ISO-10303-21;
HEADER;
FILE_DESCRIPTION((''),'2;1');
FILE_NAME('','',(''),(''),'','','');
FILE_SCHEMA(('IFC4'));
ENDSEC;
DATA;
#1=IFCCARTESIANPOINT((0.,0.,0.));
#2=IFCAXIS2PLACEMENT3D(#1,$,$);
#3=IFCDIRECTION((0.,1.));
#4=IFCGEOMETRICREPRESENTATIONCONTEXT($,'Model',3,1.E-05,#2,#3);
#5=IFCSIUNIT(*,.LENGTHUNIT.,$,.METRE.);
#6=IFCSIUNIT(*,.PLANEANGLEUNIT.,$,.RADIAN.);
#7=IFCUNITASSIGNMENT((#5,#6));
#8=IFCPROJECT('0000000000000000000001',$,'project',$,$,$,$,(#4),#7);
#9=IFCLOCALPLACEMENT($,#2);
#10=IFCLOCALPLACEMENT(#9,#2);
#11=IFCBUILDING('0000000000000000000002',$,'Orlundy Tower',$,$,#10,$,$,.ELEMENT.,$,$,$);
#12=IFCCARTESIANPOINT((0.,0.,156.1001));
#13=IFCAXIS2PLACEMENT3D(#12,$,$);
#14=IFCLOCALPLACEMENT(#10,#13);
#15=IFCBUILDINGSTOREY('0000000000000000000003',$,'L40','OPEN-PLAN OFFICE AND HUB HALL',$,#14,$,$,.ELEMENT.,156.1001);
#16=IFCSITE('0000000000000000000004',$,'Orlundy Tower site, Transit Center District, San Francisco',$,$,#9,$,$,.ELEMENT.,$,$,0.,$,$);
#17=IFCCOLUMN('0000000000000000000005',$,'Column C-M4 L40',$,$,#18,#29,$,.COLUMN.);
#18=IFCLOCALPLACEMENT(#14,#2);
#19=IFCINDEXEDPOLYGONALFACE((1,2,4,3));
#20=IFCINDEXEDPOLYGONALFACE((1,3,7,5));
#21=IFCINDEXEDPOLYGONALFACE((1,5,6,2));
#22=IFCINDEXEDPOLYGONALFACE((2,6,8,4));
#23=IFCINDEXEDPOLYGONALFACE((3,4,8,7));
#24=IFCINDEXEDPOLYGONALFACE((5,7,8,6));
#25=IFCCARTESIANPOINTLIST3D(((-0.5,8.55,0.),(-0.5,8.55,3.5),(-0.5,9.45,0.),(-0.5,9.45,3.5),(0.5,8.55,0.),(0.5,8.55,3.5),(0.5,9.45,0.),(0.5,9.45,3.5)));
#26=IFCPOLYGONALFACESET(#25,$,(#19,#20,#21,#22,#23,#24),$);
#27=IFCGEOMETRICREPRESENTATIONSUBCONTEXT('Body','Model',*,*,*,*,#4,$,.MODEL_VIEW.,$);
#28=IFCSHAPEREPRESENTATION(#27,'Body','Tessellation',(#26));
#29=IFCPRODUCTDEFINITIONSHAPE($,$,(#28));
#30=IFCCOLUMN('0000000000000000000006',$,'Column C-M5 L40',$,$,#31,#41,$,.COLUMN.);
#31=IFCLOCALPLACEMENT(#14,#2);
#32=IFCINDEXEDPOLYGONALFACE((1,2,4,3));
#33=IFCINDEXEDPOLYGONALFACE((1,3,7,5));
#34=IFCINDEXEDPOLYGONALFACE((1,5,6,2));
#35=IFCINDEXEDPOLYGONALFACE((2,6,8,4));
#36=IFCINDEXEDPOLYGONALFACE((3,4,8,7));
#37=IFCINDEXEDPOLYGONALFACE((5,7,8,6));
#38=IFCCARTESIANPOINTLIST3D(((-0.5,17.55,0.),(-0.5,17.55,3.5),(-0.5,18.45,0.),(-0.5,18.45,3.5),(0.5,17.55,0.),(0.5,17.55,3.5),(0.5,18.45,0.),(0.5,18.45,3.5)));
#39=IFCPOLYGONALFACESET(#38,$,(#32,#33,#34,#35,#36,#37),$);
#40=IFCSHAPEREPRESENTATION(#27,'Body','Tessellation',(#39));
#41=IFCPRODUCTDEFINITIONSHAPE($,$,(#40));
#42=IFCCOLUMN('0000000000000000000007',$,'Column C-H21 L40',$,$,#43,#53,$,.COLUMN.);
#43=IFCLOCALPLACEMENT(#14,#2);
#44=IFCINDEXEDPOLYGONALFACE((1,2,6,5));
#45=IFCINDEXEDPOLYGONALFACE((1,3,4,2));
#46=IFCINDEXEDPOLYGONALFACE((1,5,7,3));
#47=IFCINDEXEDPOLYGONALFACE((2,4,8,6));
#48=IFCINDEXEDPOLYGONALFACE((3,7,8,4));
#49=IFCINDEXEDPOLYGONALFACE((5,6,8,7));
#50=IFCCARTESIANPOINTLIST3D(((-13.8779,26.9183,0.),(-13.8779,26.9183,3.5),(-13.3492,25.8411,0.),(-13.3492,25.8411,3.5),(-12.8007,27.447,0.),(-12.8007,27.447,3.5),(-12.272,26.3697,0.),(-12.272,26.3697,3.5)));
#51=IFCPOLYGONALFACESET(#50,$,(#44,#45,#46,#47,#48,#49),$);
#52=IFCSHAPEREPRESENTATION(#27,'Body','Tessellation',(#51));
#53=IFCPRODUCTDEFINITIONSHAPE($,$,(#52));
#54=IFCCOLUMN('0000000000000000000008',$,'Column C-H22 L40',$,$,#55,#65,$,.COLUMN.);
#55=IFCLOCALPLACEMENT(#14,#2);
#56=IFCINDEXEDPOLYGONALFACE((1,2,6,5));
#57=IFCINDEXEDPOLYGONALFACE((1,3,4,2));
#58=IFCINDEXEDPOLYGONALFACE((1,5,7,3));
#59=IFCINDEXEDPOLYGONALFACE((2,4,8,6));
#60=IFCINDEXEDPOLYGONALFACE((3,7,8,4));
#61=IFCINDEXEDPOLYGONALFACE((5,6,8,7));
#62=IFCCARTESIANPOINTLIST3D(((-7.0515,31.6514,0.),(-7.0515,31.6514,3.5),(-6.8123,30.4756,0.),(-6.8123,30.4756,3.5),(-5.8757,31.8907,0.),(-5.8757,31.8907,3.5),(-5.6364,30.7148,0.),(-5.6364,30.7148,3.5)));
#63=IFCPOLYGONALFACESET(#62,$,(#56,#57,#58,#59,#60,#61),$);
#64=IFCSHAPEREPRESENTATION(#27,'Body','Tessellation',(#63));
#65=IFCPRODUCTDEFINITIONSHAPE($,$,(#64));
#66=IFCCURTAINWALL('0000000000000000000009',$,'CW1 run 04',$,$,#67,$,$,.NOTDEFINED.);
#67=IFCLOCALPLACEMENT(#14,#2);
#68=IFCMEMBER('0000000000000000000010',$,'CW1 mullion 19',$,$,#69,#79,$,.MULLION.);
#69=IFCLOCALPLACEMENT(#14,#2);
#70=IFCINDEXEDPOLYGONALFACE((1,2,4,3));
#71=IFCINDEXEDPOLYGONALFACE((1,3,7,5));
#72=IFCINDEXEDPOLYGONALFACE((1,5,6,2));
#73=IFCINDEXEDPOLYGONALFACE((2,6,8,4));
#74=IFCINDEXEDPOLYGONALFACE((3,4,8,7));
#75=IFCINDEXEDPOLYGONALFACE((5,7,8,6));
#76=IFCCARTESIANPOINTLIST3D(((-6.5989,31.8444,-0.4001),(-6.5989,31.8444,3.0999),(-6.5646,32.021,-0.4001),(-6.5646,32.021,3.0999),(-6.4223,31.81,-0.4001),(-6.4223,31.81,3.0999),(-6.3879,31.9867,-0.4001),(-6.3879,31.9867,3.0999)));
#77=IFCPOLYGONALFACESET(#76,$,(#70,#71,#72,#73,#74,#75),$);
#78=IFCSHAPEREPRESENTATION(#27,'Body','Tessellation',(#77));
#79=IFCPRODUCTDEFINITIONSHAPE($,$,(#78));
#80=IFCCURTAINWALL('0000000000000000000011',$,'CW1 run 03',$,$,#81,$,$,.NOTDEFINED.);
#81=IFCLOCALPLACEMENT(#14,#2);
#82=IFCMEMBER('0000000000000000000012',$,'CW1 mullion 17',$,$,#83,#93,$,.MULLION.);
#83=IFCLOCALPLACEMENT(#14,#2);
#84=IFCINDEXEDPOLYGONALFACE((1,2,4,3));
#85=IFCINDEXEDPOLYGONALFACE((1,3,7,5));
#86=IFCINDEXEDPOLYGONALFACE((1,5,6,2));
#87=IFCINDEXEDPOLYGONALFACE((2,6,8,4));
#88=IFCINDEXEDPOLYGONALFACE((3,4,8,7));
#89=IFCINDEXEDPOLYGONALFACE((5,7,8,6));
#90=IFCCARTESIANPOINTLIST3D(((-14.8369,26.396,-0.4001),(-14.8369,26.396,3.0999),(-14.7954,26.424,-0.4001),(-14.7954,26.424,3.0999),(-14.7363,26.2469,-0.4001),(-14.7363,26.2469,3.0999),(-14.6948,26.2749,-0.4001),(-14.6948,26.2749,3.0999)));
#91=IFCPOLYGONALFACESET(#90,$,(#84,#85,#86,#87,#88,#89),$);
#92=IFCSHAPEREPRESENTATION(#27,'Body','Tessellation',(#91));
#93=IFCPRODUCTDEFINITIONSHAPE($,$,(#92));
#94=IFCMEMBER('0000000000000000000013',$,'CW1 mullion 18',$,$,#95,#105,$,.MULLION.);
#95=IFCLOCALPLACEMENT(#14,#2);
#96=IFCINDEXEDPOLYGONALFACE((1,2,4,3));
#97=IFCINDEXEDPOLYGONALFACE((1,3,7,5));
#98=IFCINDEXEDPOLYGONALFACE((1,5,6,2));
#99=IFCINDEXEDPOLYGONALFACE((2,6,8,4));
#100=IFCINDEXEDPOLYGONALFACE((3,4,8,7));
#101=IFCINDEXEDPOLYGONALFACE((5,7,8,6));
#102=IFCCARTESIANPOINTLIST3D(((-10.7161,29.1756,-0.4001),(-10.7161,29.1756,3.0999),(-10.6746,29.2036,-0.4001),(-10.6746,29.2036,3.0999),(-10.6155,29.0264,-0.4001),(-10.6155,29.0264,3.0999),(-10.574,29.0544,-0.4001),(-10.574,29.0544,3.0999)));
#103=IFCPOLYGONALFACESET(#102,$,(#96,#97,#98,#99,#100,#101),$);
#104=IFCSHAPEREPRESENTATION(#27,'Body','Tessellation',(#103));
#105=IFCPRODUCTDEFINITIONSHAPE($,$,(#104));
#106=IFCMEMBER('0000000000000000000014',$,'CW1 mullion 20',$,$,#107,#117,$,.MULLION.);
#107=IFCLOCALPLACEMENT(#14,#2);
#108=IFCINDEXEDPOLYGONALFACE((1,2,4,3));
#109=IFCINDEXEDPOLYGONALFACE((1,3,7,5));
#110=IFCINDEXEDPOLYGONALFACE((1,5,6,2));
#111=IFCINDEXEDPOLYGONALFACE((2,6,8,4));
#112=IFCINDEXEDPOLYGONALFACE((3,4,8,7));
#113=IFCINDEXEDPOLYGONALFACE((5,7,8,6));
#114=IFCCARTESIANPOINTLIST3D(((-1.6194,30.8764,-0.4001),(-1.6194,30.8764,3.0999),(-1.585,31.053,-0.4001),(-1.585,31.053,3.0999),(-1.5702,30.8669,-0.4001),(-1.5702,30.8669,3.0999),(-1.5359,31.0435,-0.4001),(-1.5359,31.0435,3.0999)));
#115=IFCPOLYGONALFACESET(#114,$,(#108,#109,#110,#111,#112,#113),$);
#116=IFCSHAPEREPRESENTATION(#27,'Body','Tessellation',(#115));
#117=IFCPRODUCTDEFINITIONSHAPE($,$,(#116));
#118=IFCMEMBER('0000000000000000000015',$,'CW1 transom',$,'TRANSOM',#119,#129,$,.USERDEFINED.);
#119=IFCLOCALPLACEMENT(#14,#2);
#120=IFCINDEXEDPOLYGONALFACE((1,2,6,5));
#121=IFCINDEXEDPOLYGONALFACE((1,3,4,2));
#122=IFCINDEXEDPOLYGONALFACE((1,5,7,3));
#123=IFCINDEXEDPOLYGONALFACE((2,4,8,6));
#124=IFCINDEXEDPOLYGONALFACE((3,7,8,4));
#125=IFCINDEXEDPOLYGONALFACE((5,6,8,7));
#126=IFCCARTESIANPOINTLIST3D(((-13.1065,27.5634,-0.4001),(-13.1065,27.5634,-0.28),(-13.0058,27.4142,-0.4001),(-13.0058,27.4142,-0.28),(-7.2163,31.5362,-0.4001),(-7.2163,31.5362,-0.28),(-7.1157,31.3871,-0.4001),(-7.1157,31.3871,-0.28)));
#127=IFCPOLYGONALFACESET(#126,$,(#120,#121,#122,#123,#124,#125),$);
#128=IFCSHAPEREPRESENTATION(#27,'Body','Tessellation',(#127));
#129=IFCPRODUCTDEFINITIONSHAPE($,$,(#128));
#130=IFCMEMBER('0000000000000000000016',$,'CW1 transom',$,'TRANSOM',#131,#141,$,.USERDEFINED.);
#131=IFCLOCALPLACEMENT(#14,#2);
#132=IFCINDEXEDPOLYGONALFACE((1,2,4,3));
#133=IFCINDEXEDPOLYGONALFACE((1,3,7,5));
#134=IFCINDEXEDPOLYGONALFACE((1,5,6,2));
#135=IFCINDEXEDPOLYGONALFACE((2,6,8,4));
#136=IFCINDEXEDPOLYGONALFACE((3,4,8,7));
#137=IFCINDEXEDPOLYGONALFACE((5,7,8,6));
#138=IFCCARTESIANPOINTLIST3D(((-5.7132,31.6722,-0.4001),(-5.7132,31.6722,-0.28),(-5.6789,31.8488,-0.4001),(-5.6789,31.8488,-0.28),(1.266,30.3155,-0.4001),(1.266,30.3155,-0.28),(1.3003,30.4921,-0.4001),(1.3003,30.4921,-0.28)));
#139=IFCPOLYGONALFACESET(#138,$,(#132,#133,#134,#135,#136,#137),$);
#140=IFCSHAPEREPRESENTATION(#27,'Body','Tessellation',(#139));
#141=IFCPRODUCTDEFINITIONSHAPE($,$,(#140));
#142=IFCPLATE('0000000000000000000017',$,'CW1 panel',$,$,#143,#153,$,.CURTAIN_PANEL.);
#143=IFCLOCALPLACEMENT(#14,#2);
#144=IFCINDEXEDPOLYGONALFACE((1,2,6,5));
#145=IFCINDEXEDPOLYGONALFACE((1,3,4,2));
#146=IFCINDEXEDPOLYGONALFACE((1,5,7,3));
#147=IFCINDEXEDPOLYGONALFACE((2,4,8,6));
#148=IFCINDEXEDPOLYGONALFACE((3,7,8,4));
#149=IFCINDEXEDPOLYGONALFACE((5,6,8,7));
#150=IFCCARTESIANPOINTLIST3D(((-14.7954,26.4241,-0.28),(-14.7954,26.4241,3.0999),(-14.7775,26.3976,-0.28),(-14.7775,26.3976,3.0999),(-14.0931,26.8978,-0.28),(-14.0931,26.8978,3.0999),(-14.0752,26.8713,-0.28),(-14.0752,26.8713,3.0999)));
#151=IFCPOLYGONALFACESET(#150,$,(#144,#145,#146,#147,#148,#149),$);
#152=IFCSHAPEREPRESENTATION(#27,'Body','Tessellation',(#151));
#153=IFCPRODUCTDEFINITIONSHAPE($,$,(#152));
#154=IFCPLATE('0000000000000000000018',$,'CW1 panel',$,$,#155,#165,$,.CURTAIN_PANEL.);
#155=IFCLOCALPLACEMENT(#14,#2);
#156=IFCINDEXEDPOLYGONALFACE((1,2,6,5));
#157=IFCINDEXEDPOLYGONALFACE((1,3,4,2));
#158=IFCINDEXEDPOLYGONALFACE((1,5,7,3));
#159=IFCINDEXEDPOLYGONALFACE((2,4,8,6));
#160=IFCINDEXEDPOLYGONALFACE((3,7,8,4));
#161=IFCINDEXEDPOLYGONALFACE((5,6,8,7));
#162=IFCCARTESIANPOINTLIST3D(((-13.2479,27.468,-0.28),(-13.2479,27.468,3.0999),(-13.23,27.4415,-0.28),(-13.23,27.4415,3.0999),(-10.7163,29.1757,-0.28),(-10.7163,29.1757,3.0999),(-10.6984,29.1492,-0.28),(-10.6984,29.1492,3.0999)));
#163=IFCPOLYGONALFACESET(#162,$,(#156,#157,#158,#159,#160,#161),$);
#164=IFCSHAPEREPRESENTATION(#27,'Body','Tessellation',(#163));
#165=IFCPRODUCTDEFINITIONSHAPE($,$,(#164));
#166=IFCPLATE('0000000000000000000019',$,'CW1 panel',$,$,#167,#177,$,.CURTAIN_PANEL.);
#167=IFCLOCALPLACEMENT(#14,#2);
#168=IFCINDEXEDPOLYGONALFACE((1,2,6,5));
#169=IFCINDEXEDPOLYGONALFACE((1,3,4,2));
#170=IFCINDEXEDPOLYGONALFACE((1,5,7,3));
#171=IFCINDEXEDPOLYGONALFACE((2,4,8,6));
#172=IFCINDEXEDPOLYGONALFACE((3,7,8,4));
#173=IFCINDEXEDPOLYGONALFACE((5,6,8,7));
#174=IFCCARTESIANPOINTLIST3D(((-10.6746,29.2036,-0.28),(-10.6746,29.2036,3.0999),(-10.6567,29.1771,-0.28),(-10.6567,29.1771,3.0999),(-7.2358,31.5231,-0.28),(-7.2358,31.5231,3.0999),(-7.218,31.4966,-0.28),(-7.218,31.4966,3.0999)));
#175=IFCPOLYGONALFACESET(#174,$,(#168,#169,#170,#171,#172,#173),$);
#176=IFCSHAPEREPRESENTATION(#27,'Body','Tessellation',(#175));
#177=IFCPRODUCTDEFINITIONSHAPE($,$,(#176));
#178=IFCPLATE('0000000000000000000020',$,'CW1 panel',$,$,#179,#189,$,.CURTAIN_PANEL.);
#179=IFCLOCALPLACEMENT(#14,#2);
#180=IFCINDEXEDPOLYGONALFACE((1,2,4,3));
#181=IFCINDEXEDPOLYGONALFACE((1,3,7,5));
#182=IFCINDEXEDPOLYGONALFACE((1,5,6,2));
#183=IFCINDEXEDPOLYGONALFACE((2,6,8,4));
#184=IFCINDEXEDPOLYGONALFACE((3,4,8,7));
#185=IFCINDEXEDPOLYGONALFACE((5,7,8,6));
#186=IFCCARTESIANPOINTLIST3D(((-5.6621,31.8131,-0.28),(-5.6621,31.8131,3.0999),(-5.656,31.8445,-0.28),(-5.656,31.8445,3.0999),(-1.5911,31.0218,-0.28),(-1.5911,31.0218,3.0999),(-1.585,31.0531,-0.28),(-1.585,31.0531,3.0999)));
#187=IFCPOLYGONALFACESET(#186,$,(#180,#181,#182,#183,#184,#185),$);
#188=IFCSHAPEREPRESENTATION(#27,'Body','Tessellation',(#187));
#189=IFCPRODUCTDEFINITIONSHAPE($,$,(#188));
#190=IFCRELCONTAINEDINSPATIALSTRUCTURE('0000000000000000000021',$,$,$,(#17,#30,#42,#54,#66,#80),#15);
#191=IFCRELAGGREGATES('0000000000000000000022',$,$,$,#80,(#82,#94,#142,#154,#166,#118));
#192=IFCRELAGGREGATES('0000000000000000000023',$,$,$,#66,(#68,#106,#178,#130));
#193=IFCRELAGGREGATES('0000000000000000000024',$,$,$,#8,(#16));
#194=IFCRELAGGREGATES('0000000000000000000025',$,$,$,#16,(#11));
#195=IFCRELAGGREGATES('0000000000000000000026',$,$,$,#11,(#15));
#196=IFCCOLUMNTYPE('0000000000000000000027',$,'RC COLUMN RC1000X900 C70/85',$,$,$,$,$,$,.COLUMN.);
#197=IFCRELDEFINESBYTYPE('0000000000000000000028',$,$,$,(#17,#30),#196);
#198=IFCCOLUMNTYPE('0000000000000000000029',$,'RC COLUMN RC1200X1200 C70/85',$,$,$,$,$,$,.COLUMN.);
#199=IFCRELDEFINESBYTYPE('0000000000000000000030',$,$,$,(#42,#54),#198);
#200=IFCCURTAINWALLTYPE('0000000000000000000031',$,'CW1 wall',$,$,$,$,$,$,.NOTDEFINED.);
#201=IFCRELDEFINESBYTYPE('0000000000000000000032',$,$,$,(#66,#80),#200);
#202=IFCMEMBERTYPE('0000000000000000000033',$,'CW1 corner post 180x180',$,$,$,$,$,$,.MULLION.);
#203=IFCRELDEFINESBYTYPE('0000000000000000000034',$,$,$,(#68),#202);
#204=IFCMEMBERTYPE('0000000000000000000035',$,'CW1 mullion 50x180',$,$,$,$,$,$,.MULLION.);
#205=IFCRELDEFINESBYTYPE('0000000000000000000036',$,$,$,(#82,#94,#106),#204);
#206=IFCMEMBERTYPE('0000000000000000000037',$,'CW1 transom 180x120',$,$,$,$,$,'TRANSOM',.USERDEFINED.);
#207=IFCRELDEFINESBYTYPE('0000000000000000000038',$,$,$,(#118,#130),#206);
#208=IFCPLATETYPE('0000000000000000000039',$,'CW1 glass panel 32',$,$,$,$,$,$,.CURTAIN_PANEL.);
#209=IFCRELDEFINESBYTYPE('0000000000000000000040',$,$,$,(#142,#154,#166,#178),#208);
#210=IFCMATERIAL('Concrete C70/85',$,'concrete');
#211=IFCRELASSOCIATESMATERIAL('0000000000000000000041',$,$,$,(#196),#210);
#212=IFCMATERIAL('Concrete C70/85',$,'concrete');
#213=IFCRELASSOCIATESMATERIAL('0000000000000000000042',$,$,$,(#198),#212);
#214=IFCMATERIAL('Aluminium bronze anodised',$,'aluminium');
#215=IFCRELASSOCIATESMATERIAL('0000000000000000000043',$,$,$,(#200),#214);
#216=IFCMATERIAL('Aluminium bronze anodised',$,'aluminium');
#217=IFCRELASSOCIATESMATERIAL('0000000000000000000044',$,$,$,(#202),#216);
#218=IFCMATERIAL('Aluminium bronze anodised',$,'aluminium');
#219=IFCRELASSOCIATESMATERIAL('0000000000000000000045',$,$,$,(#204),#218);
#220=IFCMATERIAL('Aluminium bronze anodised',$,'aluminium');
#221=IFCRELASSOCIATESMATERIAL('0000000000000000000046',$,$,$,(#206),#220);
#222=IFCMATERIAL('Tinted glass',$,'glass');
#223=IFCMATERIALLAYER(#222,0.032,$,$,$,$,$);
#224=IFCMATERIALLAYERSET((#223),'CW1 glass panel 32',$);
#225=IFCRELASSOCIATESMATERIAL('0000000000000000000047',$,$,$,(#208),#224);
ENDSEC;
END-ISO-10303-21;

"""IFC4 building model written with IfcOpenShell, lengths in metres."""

from ifc_helpers import new_model, si_unit, direction, frame, origin, origin_2d, place, context, subcontext, project, spatial, rectangle, extrude, material, layer, layer_set, material_profile, profile_set, type_object, element, aggregate, save


model = new_model("IFC4")

# Units and contexts
model_context = context("Model", 3, precision=1e-05, world=origin(), true_north=direction((0.0, 1.0)))
body_context = subcontext(model_context, "Body", "Model", "MODEL_VIEW")
ifc_project = project(units=[si_unit("LENGTHUNIT", "METRE"), si_unit("PLANEANGLEUNIT", "RADIAN")], contexts=[model_context])

# Site, building, storey
site_placement = place(None, origin())
site = spatial("IfcSite", under=ifc_project, at=site_placement, Name="Orlundy Tower site, Transit Center District, San Francisco", CompositionType="ELEMENT", RefElevation=0.0)
building_placement = place(site_placement, origin())
building = spatial("IfcBuilding", under=site, at=building_placement, Name="Orlundy Tower", CompositionType="ELEMENT")
storey_placement = place(building_placement, frame((0.0, 0.0, 156.1001)))
storey = spatial("IfcBuildingStorey", under=building, at=storey_placement, Name="L40", Description="OPEN-PLAN OFFICE AND HUB HALL", CompositionType="ELEMENT", Elevation=156.1001)

# Columns
ifc_material_1 = material(Name="Concrete C70/85", Category="concrete")
ifc_material_profile_1 = material_profile(ifc_material_1, rectangle(XDim=1.0, YDim=0.8999, at=origin_2d()), Name="RC1000X900")
ifc_profile_set_1 = profile_set([ifc_material_profile_1], Name="Concrete C70/85")
column_type_1 = type_object("IfcColumnType", Name="RC COLUMN RC1000X900 C70/85", PredefinedType="COLUMN", material=ifc_profile_set_1)
for number, where, z_axis, x_axis, name in (
    (1, (0.0, 9.0, 0.0), (0.0, 0.0, 1.0), (1.0, 0.0, 0.0), "Column C-M4 L40"),
    (2, (0.0, 18.0, 0.0), (0.0, 0.0, 1.0), (1.0, 0.0, 0.0), "Column C-M5 L40"),
):
    element("IfcColumn", number, at=place(storey_placement, frame(where, z_axis=z_axis, x_axis=x_axis)), inside=storey, type_object=column_type_1, Name=name, PredefinedType="COLUMN", context=body_context, shape_type="SweptSolid", body=[
        extrude(rectangle(XDim=1.0, YDim=0.8999, at=origin_2d()), origin(), (0.0, 0.0, 1.0), 3.5),
    ])
ifc_material_2 = material(Name="Concrete C70/85", Category="concrete")
ifc_material_profile_2 = material_profile(ifc_material_2, rectangle(XDim=1.2, YDim=1.2, at=origin_2d()), Name="RC1200X1200")
ifc_profile_set_2 = profile_set([ifc_material_profile_2], Name="Concrete C70/85")
column_type_2 = type_object("IfcColumnType", Name="RC COLUMN RC1200X1200 C70/85", PredefinedType="COLUMN", material=ifc_profile_set_2)
for number, where, z_axis, x_axis, name in (
    (3, (-13.075, 26.644, 0.0), (0.0, 0.0, 1.0), (-0.44055, 0.897728, 0.0), "Column C-H21 L40"),
    (4, (-6.344, 31.1831, 0.0), (0.0, 0.0, 1.0), (-0.199368, 0.979925, 0.0), "Column C-H22 L40"),
):
    element("IfcColumn", number, at=place(storey_placement, frame(where, z_axis=z_axis, x_axis=x_axis)), inside=storey, type_object=column_type_2, Name=name, PredefinedType="COLUMN", context=body_context, shape_type="SweptSolid", body=[
        extrude(rectangle(XDim=1.2, YDim=1.2, at=origin_2d()), origin(), (0.0, 0.0, 1.0), 3.5),
    ])

# Curtain wall, member
ifc_material_3 = material(Name="Aluminium bronze anodised", Category="aluminium")
curtain_wall_type = type_object("IfcCurtainWallType", Name="CW1 wall", PredefinedType="NOTDEFINED", material=ifc_material_3)
curtain_wall_1_placement = place(storey_placement, origin())
curtain_wall_1 = element("IfcCurtainWall", 5, at=curtain_wall_1_placement, inside=storey, type_object=curtain_wall_type, Name="CW1 run 04", PredefinedType="NOTDEFINED")
ifc_material_4 = material(Name="Aluminium bronze anodised", Category="aluminium")
ifc_material_profile_3 = material_profile(ifc_material_4, rectangle(XDim=0.1799, YDim=0.1799, at=origin_2d()), Name="CW1 corner post 180x180")
ifc_profile_set_3 = profile_set([ifc_material_profile_3], Name="Aluminium bronze anodised")
member_type_1 = type_object("IfcMemberType", Name="CW1 corner post 180x180", PredefinedType="MULLION", material=ifc_profile_set_3)
member_1_placement = place(storey_placement, frame((-6.4934, 31.9155, -0.4001), z_axis=(0.0, 0.0, 1.0), x_axis=(0.190805, 0.981628, 0.0)))
member_1 = element("IfcMember", 6, at=member_1_placement, type_object=member_type_1, Name="CW1 mullion 19", PredefinedType="MULLION", context=body_context, shape_type="SweptSolid", body=[
    extrude(rectangle(XDim=0.1799, YDim=0.1799, at=origin_2d()), origin(), (0.0, 0.0, 1.0), 3.5),
])

# Curtain wall, members
curtain_wall_2_placement = place(storey_placement, origin())
curtain_wall_2 = element("IfcCurtainWall", 7, at=curtain_wall_2_placement, inside=storey, type_object=curtain_wall_type, Name="CW1 run 03", PredefinedType="NOTDEFINED")
ifc_material_5 = material(Name="Aluminium bronze anodised", Category="aluminium")
ifc_material_profile_4 = material_profile(ifc_material_5, rectangle(XDim=0.1799, YDim=0.05, at=origin_2d()), Name="CW1 mullion 50x180")
ifc_profile_set_4 = profile_set([ifc_material_profile_4], Name="Aluminium bronze anodised")
member_type_2 = type_object("IfcMemberType", Name="CW1 mullion 50x180", PredefinedType="MULLION", material=ifc_profile_set_4)
member_2_placement = place(storey_placement, frame((-14.7659, 26.3354, -0.4001), z_axis=(0.0, 0.0, 1.0), x_axis=(-0.559205, 0.82903, 0.0)))
member_2 = element("IfcMember", 8, at=member_2_placement, type_object=member_type_2, Name="CW1 mullion 17", PredefinedType="MULLION", context=body_context, shape_type="SweptSolid", body=[
    extrude(rectangle(XDim=0.1799, YDim=0.05, at=origin_2d()), origin(), (0.0, 0.0, 1.0), 3.5),
])
member_3_placement = place(storey_placement, frame((-10.645, 29.115, -0.4001), z_axis=(0.0, 0.0, 1.0), x_axis=(-0.559205, 0.82903, 0.0)))
member_3 = element("IfcMember", 9, at=member_3_placement, type_object=member_type_2, Name="CW1 mullion 18", PredefinedType="MULLION", context=body_context, shape_type="SweptSolid", body=[
    extrude(rectangle(XDim=0.1799, YDim=0.05, at=origin_2d()), origin(), (0.0, 0.0, 1.0), 3.5),
])

# Members
member_4_placement = place(storey_placement, frame((-1.5776, 30.96, -0.4001), z_axis=(0.0, 0.0, 1.0), x_axis=(0.190805, 0.981628, 0.0)))
member_4 = element("IfcMember", 10, at=member_4_placement, type_object=member_type_2, Name="CW1 mullion 20", PredefinedType="MULLION", context=body_context, shape_type="SweptSolid", body=[
    extrude(rectangle(XDim=0.1799, YDim=0.05, at=origin_2d()), origin(), (0.0, 0.0, 1.0), 3.5),
])
ifc_material_6 = material(Name="Aluminium bronze anodised", Category="aluminium")
ifc_material_profile_5 = material_profile(ifc_material_6, rectangle(XDim=0.1799, YDim=0.1201, at=origin_2d()), Name="CW1 transom 180x120")
ifc_profile_set_5 = profile_set([ifc_material_profile_5], Name="Aluminium bronze anodised")
member_type_3 = type_object("IfcMemberType", Name="CW1 transom 180x120", ElementType="TRANSOM", PredefinedType="USERDEFINED", material=ifc_profile_set_5)
member_5_placement = place(storey_placement, frame((-13.0562, 27.4888, -0.3401), z_axis=(0.829041, 0.559188, 0.0), x_axis=(-0.559188, 0.829041, 0.0)))
member_5 = element("IfcMember", 11, at=member_5_placement, type_object=member_type_3, Name="CW1 transom", ObjectType="TRANSOM", PredefinedType="USERDEFINED", context=body_context, shape_type="SweptSolid", body=[
    extrude(rectangle(XDim=0.1799, YDim=0.1201, at=origin_2d()), origin(), (0.0, 0.0, 1.0), 7.1047),
])
member_6_placement = place(storey_placement, frame((-5.696, 31.7605, -0.3401), z_axis=(0.981626, -0.190817, 0.0), x_axis=(0.190817, 0.981626, 0.0)))
member_6 = element("IfcMember", 12, at=member_6_placement, type_object=member_type_3, Name="CW1 transom", ObjectType="TRANSOM", PredefinedType="USERDEFINED", context=body_context, shape_type="SweptSolid", body=[
    extrude(rectangle(XDim=0.1799, YDim=0.1201, at=origin_2d()), origin(), (0.0, 0.0, 1.0), 7.1099),
])

# Plates
ifc_material_7 = material(Name="Tinted glass", Category="glass")
ifc_layer_1 = layer(ifc_material_7, 0.032)
ifc_layer_set_1 = layer_set([ifc_layer_1], Name="CW1 glass panel 32")
plate_type = type_object("IfcPlateType", Name="CW1 glass panel 32", PredefinedType="CURTAIN_PANEL", material=ifc_layer_set_1)
plate_1_placement = place(storey_placement, frame((-14.4353, 26.6477, -0.28), z_axis=(0.0, 0.0, 1.0), x_axis=(0.82903, 0.559205, 0.0)))
plate_1 = element("IfcPlate", 13, at=plate_1_placement, type_object=plate_type, Name="CW1 panel", PredefinedType="CURTAIN_PANEL", context=body_context, shape_type="SweptSolid", body=[
    extrude(rectangle(XDim=0.8472, YDim=0.032, at=origin_2d()), origin(), (0.0, 0.0, 1.0), 3.3799),
])
plate_2_placement = place(storey_placement, frame((-11.9731, 28.3086, -0.28), z_axis=(0.0, 0.0, 1.0), x_axis=(0.82903, 0.559205, 0.0)))
plate_2 = element("IfcPlate", 14, at=plate_2_placement, type_object=plate_type, Name="CW1 panel", PredefinedType="CURTAIN_PANEL", context=body_context, shape_type="SweptSolid", body=[
    extrude(rectangle(XDim=3.0537, YDim=0.032, at=origin_2d()), origin(), (0.0, 0.0, 1.0), 3.3799),
])
plate_3_placement = place(storey_placement, frame((-8.9463, 30.3501, -0.28), z_axis=(0.0, 0.0, 1.0), x_axis=(0.82903, 0.559205, 0.0)))
plate_3 = element("IfcPlate", 15, at=plate_3_placement, type_object=plate_type, Name="CW1 panel", PredefinedType="CURTAIN_PANEL", context=body_context, shape_type="SweptSolid", body=[
    extrude(rectangle(XDim=4.1479, YDim=0.032, at=origin_2d()), origin(), (0.0, 0.0, 1.0), 3.3799),
])
aggregate(curtain_wall_2, [member_2, member_3, plate_1, plate_2, plate_3, member_5])
plate_4_placement = place(storey_placement, frame((-3.6235, 31.4331, -0.28), z_axis=(0.0, 0.0, 1.0), x_axis=(0.981628, -0.190805, 0.0)))
plate_4 = element("IfcPlate", 16, at=plate_4_placement, type_object=plate_type, Name="CW1 panel", PredefinedType="CURTAIN_PANEL", context=body_context, shape_type="SweptSolid", body=[
    extrude(rectangle(XDim=4.1472, YDim=0.032, at=origin_2d()), origin(), (0.0, 0.0, 1.0), 3.3799),
])
aggregate(curtain_wall_1, [member_1, member_4, plate_4, member_6])

save(model, "model.ifc")
